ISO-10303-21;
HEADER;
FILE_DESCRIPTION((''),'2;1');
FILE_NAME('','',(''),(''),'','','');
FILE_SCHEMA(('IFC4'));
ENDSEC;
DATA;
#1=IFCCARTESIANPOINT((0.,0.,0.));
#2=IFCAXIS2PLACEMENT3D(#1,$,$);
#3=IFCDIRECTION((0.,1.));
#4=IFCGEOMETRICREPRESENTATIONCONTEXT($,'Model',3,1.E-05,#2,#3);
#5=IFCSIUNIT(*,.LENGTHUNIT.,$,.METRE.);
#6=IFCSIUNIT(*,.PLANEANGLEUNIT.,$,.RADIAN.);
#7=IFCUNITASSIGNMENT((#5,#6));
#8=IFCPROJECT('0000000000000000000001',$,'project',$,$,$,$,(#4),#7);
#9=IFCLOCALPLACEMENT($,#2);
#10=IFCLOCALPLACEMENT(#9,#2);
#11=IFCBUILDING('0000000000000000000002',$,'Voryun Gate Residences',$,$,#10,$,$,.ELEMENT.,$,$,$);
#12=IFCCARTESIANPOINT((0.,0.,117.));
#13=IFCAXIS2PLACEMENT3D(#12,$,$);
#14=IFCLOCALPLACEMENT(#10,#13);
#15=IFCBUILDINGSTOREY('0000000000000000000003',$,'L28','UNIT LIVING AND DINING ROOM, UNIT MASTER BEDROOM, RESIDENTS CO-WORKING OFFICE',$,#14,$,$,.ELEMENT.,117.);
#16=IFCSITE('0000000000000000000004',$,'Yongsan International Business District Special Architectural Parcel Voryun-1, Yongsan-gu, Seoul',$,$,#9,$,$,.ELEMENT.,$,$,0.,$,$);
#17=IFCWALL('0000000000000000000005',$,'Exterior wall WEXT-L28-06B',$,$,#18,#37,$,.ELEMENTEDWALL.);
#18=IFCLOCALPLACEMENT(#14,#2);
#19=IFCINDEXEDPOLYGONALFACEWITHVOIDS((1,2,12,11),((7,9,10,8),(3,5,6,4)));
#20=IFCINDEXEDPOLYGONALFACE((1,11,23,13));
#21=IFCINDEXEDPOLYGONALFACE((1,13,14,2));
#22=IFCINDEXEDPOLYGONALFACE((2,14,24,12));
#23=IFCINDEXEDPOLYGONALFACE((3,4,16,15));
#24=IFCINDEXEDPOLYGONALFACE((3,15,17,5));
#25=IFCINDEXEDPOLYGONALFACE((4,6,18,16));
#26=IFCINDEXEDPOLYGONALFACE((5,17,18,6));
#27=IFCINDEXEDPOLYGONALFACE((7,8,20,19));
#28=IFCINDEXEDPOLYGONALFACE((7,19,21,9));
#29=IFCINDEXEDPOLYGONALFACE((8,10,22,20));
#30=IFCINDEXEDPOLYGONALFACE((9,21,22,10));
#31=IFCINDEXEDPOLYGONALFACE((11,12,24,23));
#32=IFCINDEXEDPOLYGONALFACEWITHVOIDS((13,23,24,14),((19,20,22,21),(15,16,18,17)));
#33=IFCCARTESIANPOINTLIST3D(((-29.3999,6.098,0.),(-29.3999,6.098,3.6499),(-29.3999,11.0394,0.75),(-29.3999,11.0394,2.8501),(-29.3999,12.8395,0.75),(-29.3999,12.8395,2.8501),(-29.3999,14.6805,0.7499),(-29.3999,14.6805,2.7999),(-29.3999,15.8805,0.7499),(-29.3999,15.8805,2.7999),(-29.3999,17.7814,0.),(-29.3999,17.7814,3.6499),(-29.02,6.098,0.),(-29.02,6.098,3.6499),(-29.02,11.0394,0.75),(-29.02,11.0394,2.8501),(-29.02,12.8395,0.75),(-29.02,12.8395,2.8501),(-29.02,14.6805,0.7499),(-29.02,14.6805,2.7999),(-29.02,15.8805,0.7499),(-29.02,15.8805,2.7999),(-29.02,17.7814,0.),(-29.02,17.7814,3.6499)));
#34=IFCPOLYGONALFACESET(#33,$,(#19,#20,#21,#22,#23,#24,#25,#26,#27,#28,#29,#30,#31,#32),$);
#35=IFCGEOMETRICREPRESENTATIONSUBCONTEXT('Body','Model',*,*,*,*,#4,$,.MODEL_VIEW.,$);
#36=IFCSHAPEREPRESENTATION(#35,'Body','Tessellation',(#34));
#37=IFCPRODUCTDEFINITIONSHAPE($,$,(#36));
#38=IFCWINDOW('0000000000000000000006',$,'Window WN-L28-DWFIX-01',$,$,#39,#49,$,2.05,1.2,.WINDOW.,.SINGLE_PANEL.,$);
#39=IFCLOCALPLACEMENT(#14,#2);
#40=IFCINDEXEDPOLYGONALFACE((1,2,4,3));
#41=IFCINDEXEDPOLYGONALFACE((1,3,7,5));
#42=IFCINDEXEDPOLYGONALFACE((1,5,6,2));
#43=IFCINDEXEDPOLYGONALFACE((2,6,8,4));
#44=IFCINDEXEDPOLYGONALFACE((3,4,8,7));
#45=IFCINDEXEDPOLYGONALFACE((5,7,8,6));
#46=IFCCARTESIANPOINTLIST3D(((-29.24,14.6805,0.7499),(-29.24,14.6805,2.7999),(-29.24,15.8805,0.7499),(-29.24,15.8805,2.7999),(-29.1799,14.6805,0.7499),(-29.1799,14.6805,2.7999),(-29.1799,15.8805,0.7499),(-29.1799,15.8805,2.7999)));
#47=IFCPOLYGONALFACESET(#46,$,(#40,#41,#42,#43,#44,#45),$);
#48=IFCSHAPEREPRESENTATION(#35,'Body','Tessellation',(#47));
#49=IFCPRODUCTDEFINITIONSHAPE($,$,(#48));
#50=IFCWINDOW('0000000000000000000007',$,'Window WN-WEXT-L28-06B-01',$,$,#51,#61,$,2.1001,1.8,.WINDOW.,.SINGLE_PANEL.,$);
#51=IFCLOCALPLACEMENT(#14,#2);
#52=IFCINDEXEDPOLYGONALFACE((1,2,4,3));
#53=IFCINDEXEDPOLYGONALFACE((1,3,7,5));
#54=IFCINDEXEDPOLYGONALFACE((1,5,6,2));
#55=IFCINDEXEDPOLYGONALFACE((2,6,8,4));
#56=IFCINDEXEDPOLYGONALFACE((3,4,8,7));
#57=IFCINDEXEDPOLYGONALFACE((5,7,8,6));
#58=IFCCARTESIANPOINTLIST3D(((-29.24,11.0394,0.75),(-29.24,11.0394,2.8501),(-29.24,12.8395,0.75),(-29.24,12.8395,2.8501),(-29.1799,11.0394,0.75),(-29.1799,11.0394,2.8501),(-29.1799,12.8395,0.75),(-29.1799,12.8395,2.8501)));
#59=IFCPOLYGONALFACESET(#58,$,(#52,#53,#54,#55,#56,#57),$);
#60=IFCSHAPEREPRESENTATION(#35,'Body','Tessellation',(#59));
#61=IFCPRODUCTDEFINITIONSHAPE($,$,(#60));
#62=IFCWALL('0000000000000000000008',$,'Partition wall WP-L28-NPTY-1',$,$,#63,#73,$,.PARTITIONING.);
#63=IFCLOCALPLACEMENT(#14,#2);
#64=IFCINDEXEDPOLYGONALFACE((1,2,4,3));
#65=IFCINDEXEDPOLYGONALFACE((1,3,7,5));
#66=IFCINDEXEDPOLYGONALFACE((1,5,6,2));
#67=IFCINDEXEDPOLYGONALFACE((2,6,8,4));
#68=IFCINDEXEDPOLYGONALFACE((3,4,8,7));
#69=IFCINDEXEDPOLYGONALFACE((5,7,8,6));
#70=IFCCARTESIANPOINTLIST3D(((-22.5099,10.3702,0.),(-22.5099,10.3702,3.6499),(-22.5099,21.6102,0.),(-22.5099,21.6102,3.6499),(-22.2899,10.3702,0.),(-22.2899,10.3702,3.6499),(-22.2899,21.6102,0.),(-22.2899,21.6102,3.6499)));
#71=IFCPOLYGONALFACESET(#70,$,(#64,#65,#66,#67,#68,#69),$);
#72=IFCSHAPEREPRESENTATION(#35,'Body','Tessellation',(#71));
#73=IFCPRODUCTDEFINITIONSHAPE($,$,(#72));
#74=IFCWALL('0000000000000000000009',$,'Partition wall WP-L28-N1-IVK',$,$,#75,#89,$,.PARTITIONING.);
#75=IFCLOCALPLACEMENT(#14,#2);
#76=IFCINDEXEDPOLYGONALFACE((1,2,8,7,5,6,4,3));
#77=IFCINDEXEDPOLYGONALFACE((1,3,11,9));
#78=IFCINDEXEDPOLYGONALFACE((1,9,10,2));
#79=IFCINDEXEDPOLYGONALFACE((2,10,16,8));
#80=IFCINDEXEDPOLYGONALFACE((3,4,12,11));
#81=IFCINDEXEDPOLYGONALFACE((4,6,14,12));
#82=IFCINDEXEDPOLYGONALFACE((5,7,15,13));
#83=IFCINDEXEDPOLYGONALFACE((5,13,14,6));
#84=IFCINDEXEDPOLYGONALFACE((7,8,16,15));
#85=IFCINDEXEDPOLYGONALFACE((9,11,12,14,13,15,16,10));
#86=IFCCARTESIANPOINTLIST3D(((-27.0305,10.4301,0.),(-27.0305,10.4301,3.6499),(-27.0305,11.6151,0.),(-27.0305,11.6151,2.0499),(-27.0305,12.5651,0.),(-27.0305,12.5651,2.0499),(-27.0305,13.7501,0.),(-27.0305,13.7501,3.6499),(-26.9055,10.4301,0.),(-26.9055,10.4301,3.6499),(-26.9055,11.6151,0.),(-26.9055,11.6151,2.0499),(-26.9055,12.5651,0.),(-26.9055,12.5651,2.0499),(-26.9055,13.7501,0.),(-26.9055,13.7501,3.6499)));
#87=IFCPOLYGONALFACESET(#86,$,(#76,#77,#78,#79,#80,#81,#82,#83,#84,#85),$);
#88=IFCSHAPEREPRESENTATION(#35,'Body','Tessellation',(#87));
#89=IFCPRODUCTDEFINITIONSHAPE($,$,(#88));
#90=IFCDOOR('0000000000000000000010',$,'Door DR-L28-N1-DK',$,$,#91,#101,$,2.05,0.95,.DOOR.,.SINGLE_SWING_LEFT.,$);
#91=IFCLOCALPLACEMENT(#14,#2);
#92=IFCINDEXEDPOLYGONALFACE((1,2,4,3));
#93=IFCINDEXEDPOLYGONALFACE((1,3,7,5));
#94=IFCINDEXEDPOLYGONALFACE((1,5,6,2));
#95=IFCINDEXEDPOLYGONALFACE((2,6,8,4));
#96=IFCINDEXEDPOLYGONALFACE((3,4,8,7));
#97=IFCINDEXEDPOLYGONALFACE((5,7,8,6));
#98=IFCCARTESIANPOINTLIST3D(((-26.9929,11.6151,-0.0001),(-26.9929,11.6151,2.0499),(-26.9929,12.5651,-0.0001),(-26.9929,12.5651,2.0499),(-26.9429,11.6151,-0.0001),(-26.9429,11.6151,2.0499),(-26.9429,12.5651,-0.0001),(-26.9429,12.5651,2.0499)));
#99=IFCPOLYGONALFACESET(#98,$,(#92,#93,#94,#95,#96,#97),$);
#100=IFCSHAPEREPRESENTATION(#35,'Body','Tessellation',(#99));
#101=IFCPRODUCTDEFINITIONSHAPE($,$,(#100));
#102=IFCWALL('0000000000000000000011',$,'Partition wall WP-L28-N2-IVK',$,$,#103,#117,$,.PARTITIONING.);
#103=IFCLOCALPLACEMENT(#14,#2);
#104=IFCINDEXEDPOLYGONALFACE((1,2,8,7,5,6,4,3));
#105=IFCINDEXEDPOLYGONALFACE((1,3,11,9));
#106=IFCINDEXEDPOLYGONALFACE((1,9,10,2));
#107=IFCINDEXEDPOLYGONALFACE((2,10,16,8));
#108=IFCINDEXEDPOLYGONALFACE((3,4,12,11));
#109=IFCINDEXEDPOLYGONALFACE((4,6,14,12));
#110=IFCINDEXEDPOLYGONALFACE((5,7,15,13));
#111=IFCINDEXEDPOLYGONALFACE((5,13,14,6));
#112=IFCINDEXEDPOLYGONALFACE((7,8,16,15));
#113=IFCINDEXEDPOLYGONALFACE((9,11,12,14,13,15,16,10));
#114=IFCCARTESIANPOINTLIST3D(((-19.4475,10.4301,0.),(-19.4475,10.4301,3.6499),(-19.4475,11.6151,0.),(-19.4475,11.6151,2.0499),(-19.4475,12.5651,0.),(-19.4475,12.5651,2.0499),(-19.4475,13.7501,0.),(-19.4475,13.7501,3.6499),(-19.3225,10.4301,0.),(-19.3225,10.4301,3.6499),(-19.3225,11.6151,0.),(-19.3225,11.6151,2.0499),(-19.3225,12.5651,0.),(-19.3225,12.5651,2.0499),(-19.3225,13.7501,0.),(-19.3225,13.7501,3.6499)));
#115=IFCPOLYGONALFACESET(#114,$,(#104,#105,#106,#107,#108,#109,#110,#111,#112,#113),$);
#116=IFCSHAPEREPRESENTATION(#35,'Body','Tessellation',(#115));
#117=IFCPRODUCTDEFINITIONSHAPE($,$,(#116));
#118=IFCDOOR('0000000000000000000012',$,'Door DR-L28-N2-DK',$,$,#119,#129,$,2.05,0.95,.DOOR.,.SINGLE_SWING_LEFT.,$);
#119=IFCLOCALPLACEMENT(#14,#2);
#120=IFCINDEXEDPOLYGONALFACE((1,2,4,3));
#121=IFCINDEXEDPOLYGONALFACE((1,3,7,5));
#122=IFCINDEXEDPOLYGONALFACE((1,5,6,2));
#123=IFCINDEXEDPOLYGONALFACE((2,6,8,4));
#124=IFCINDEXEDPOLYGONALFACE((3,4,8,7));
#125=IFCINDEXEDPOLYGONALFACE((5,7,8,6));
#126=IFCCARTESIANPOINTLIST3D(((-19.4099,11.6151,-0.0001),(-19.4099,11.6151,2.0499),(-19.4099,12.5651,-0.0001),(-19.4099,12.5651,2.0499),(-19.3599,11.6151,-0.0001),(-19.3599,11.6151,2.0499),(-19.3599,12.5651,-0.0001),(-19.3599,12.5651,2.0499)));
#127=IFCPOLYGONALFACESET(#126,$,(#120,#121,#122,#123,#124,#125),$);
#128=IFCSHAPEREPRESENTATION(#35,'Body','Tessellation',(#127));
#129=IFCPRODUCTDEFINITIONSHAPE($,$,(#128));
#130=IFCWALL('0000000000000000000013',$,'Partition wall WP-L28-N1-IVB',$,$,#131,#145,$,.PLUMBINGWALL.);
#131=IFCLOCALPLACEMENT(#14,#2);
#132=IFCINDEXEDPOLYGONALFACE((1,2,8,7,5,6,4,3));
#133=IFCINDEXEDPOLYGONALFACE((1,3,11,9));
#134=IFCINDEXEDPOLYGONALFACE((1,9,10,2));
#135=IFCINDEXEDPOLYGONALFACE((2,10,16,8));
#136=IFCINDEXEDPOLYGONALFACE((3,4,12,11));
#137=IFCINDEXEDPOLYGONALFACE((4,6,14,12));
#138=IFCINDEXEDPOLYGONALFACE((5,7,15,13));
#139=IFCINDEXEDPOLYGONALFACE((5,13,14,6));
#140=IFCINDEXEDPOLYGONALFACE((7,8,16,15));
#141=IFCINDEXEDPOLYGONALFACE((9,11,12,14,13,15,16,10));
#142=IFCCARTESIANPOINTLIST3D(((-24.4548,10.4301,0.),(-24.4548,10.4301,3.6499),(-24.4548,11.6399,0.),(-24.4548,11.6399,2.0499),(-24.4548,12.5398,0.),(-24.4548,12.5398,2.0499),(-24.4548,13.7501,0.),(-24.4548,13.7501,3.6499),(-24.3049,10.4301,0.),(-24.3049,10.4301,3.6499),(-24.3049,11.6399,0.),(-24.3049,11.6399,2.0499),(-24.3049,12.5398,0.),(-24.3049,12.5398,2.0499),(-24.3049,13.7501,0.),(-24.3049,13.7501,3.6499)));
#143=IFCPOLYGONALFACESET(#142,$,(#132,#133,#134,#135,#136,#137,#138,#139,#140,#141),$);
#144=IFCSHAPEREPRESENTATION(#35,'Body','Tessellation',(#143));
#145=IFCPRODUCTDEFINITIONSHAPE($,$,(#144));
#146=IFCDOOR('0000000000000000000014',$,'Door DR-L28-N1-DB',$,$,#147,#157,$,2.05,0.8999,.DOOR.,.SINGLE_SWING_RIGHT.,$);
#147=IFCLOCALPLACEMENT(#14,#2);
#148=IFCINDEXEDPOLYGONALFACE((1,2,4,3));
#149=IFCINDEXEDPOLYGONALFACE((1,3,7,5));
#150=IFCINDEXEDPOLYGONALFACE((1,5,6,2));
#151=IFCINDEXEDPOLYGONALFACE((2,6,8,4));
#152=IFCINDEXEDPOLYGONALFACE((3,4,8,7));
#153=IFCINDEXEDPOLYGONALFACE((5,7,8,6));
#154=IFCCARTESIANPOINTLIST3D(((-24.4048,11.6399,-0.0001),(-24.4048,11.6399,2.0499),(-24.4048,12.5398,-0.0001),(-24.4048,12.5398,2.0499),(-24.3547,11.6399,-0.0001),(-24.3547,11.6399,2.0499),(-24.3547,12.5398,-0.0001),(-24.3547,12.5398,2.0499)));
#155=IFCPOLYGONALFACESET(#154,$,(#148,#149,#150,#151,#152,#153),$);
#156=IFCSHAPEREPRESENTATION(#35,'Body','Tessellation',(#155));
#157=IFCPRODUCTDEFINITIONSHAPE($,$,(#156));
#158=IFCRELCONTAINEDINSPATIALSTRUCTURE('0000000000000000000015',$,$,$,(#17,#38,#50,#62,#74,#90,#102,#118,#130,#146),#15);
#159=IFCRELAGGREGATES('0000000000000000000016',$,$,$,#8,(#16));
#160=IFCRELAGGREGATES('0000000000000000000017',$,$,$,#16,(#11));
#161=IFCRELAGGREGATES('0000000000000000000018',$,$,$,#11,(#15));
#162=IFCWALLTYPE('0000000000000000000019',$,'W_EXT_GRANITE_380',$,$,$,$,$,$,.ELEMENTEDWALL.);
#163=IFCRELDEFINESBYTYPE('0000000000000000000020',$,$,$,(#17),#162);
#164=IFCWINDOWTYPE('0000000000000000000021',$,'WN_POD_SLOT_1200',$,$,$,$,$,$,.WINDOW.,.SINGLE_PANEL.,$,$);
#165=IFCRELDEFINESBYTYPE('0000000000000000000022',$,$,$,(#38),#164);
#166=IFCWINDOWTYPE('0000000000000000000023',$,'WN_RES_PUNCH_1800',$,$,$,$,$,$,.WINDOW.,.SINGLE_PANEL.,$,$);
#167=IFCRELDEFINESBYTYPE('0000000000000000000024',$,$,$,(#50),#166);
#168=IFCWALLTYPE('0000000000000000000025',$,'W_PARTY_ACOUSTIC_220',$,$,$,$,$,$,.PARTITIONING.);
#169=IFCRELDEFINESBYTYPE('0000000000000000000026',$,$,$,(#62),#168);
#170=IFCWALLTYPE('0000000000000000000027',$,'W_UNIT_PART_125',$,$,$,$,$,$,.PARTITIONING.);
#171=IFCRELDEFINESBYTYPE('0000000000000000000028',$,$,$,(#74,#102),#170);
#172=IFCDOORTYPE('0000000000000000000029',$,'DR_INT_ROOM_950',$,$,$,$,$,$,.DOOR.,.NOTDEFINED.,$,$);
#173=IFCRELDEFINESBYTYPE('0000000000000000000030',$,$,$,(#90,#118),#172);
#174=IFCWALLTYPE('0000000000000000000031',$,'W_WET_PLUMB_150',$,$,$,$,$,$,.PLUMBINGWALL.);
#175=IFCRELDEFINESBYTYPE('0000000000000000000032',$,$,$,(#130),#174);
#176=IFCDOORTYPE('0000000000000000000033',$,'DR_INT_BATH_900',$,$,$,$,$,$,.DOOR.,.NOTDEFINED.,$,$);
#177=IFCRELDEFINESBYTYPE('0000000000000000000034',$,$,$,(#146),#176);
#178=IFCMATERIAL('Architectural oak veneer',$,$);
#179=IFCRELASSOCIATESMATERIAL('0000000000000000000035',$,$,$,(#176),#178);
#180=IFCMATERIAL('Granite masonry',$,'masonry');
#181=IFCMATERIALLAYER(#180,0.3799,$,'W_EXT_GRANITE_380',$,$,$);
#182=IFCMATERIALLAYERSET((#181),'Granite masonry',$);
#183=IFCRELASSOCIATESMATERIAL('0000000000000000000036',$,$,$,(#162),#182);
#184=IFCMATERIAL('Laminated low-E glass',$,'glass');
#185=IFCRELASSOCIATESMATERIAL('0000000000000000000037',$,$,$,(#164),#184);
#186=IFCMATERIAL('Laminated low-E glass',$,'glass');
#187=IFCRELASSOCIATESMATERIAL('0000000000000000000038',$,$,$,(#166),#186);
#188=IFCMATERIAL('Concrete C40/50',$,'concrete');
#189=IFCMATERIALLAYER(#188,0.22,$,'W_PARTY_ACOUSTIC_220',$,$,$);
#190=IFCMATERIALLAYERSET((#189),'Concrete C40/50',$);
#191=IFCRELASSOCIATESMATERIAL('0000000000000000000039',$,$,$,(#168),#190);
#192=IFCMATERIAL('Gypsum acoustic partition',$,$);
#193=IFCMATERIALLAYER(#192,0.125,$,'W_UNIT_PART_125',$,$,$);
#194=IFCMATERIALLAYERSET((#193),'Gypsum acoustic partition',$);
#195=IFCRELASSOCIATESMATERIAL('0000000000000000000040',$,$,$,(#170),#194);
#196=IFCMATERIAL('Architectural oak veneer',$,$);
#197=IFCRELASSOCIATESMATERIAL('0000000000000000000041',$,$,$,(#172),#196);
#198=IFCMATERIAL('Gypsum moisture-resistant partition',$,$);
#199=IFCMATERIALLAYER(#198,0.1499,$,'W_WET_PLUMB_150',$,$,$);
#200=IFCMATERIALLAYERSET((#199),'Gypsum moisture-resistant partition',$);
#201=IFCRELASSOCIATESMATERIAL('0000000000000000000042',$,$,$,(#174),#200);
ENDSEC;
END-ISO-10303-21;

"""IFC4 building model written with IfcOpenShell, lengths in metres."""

from ifc_helpers import new_model, si_unit, direction, frame, frame_2d, origin, place, context, subcontext, project, spatial, rectangle, extrude, material, layer, layer_set, type_object, element, fill, save


model = new_model("IFC4")

# Units and contexts
model_context = context("Model", 3, precision=1e-05, world=origin(), true_north=direction((0.0, 1.0)))
body_context = subcontext(model_context, "Body", "Model", "MODEL_VIEW")
ifc_project = project(units=[si_unit("LENGTHUNIT", "METRE"), si_unit("PLANEANGLEUNIT", "RADIAN")], contexts=[model_context])

# Site, building, storey
site_placement = place(None, origin())
site = spatial("IfcSite", under=ifc_project, at=site_placement, Name="Yongsan International Business District Special Architectural Parcel Voryun-1, Yongsan-gu, Seoul", CompositionType="ELEMENT", RefElevation=0.0)
building_placement = place(site_placement, origin())
building = spatial("IfcBuilding", under=site, at=building_placement, Name="Voryun Gate Residences", CompositionType="ELEMENT")
storey_placement = place(building_placement, frame((0.0, 0.0, 117.0)))
storey = spatial("IfcBuildingStorey", under=building, at=storey_placement, Name="L28", Description="UNIT LIVING AND DINING ROOM, UNIT MASTER BEDROOM, RESIDENTS CO-WORKING OFFICE", CompositionType="ELEMENT", Elevation=117.0)

# Shared definitions
ifc_material_1 = material(Name="Architectural oak veneer")
door_type_1 = type_object("IfcDoorType", Name="DR_INT_BATH_900", OperationType="NOTDEFINED", PredefinedType="DOOR", material=ifc_material_1)

# Wall, openings, windows
ifc_material_2 = material(Name="Granite masonry", Category="masonry")
ifc_layer_1 = layer(ifc_material_2, 0.3799, Name="W_EXT_GRANITE_380")
ifc_layer_set_1 = layer_set([ifc_layer_1], Name="Granite masonry")
wall_type_1 = type_object("IfcWallType", Name="W_EXT_GRANITE_380", PredefinedType="ELEMENTEDWALL", material=ifc_layer_set_1)
wall_1_placement = place(storey_placement, frame((-29.21, 6.0979, 0.0), z_axis=(0.0, 0.0, 1.0), x_axis=(0.0, 1.0, 0.0)))
wall_1 = element("IfcWall", 1, at=wall_1_placement, inside=storey, type_object=wall_type_1, Name="Exterior wall WEXT-L28-06B", PredefinedType="ELEMENTEDWALL", context=body_context, shape_type="SweptSolid", body=[
    extrude(rectangle(XDim=11.6833, YDim=0.3799, at=frame_2d((5.8418, 0.0))), origin(), (0.0, 0.0, 1.0), 3.6499),
])
opening_1_placement = place(wall_1_placement, frame((4.9417, 0.0, 0.75)))
opening_1 = element("IfcOpeningElement", 2, at=opening_1_placement, cuts=wall_1, PredefinedType="OPENING", context=body_context, shape_type="SweptSolid", body=[
    extrude(rectangle(XDim=1.8, YDim=2.1001, at=frame_2d((0.8999, 1.05))), frame((0.0, 0.2, 0.0), z_axis=(0.0, -1.0, 0.0), x_axis=(1.0, 0.0, 0.0)), (0.0, 0.0, 1.0), 0.3999),
])
opening_2_placement = place(wall_1_placement, frame((8.5825, 0.0, 0.75)))
opening_2 = element("IfcOpeningElement", 3, at=opening_2_placement, cuts=wall_1, PredefinedType="OPENING", context=body_context, shape_type="SweptSolid", body=[
    extrude(rectangle(XDim=1.2, YDim=2.05, at=frame_2d((0.6001, 1.0249))), frame((0.0, 0.2, 0.0), z_axis=(0.0, -1.0, 0.0), x_axis=(1.0, 0.0, 0.0)), (0.0, 0.0, 1.0), 0.3999),
])
ifc_material_3 = material(Name="Laminated low-E glass", Category="glass")
window_type_1 = type_object("IfcWindowType", Name="WN_POD_SLOT_1200", PartitioningType="SINGLE_PANEL", PredefinedType="WINDOW", material=ifc_material_3)
window_1_placement = place(opening_2_placement, origin())
window_1 = element("IfcWindow", 4, at=window_1_placement, inside=storey, type_object=window_type_1, Name="Window WN-L28-DWFIX-01", OverallHeight=2.05, OverallWidth=1.2, PartitioningType="SINGLE_PANEL", PredefinedType="WINDOW", context=body_context, shape_type="SweptSolid", body=[
    extrude(rectangle(XDim=1.2, YDim=2.05, at=frame_2d((0.6001, 1.0249))), frame((0.0, 0.03, 0.0), z_axis=(0.0, -1.0, 0.0), x_axis=(1.0, 0.0, 0.0)), (0.0, 0.0, 1.0), 0.0601),
])
fill(opening_2, window_1)
ifc_material_4 = material(Name="Laminated low-E glass", Category="glass")
window_type_2 = type_object("IfcWindowType", Name="WN_RES_PUNCH_1800", PartitioningType="SINGLE_PANEL", PredefinedType="WINDOW", material=ifc_material_4)
window_2_placement = place(opening_1_placement, origin())
window_2 = element("IfcWindow", 5, at=window_2_placement, inside=storey, type_object=window_type_2, Name="Window WN-WEXT-L28-06B-01", OverallHeight=2.1001, OverallWidth=1.8, PartitioningType="SINGLE_PANEL", PredefinedType="WINDOW", context=body_context, shape_type="SweptSolid", body=[
    extrude(rectangle(XDim=1.8, YDim=2.1001, at=frame_2d((0.8999, 1.05))), frame((0.0, 0.03, 0.0), z_axis=(0.0, -1.0, 0.0), x_axis=(1.0, 0.0, 0.0)), (0.0, 0.0, 1.0), 0.0601),
])
fill(opening_1, window_2)

# Wall
ifc_material_5 = material(Name="Concrete C40/50", Category="concrete")
ifc_layer_2 = layer(ifc_material_5, 0.22, Name="W_PARTY_ACOUSTIC_220")
ifc_layer_set_2 = layer_set([ifc_layer_2], Name="Concrete C40/50")
wall_type_2 = type_object("IfcWallType", Name="W_PARTY_ACOUSTIC_220", PredefinedType="PARTITIONING", material=ifc_layer_set_2)
wall_2_placement = place(storey_placement, frame((-22.3999, 10.3701, 0.0), z_axis=(0.0, 0.0, 1.0), x_axis=(0.0, 1.0, 0.0)))
element("IfcWall", 6, at=wall_2_placement, inside=storey, type_object=wall_type_2, Name="Partition wall WP-L28-NPTY-1", PredefinedType="PARTITIONING", context=body_context, shape_type="SweptSolid", body=[
    extrude(rectangle(XDim=11.24, YDim=0.22, at=frame_2d((5.6201, 0.0))), origin(), (0.0, 0.0, 1.0), 3.6499),
])

# Walls, openings, doors
ifc_material_6 = material(Name="Gypsum acoustic partition")
ifc_layer_3 = layer(ifc_material_6, 0.125, Name="W_UNIT_PART_125")
ifc_layer_set_3 = layer_set([ifc_layer_3], Name="Gypsum acoustic partition")
wall_type_3 = type_object("IfcWallType", Name="W_UNIT_PART_125", PredefinedType="PARTITIONING", material=ifc_layer_set_3)
wall_3_placement = place(storey_placement, frame((-26.968, 10.4299, 0.0), z_axis=(0.0, 0.0, 1.0), x_axis=(0.0, 1.0, 0.0)))
wall_3 = element("IfcWall", 7, at=wall_3_placement, inside=storey, type_object=wall_type_3, Name="Partition wall WP-L28-N1-IVK", PredefinedType="PARTITIONING", context=body_context, shape_type="SweptSolid", body=[
    extrude(rectangle(XDim=3.3201, YDim=0.125, at=frame_2d((1.6602, 0.0))), origin(), (0.0, 0.0, 1.0), 3.6499),
])
opening_3_placement = place(wall_3_placement, frame((1.1851, 0.0, 0.0)))
opening_3 = element("IfcOpeningElement", 8, at=opening_3_placement, cuts=wall_3, PredefinedType="OPENING", context=body_context, shape_type="SweptSolid", body=[
    extrude(rectangle(XDim=0.95, YDim=2.05, at=frame_2d((0.4751, 1.0249))), frame((0.0, 0.0725, 0.0), z_axis=(0.0, -1.0, 0.0), x_axis=(1.0, 0.0, 0.0)), (0.0, 0.0, 1.0), 0.145),
])
ifc_material_7 = material(Name="Architectural oak veneer")
door_type_2 = type_object("IfcDoorType", Name="DR_INT_ROOM_950", OperationType="NOTDEFINED", PredefinedType="DOOR", material=ifc_material_7)
door_1_placement = place(opening_3_placement, origin())
door_1 = element("IfcDoor", 9, at=door_1_placement, inside=storey, type_object=door_type_2, Name="Door DR-L28-N1-DK", OperationType="SINGLE_SWING_LEFT", OverallHeight=2.05, OverallWidth=0.95, PredefinedType="DOOR", context=body_context, shape_type="SweptSolid", body=[
    extrude(rectangle(XDim=0.95, YDim=2.05, at=frame_2d((0.4751, 1.0249))), frame((0.0, 0.0249, 0.0), z_axis=(0.0, -1.0, 0.0), x_axis=(1.0, 0.0, 0.0)), (0.0, 0.0, 1.0), 0.05),
])
fill(opening_3, door_1)
wall_4_placement = place(storey_placement, frame((-19.385, 10.4299, 0.0), z_axis=(0.0, 0.0, 1.0), x_axis=(0.0, 1.0, 0.0)))
wall_4 = element("IfcWall", 10, at=wall_4_placement, inside=storey, type_object=wall_type_3, Name="Partition wall WP-L28-N2-IVK", PredefinedType="PARTITIONING", context=body_context, shape_type="SweptSolid", body=[
    extrude(rectangle(XDim=3.3201, YDim=0.125, at=frame_2d((1.6602, 0.0))), origin(), (0.0, 0.0, 1.0), 3.6499),
])
opening_4_placement = place(wall_4_placement, frame((1.1851, 0.0, 0.0)))
opening_4 = element("IfcOpeningElement", 11, at=opening_4_placement, cuts=wall_4, PredefinedType="OPENING", context=body_context, shape_type="SweptSolid", body=[
    extrude(rectangle(XDim=0.95, YDim=2.05, at=frame_2d((0.4751, 1.0249))), frame((0.0, 0.0725, 0.0), z_axis=(0.0, -1.0, 0.0), x_axis=(1.0, 0.0, 0.0)), (0.0, 0.0, 1.0), 0.145),
])
door_2_placement = place(opening_4_placement, origin())
door_2 = element("IfcDoor", 12, at=door_2_placement, inside=storey, type_object=door_type_2, Name="Door DR-L28-N2-DK", OperationType="SINGLE_SWING_LEFT", OverallHeight=2.05, OverallWidth=0.95, PredefinedType="DOOR", context=body_context, shape_type="SweptSolid", body=[
    extrude(rectangle(XDim=0.95, YDim=2.05, at=frame_2d((0.4751, 1.0249))), frame((0.0, 0.0249, 0.0), z_axis=(0.0, -1.0, 0.0), x_axis=(1.0, 0.0, 0.0)), (0.0, 0.0, 1.0), 0.05),
])
fill(opening_4, door_2)
ifc_material_8 = material(Name="Gypsum moisture-resistant partition")
ifc_layer_4 = layer(ifc_material_8, 0.1499, Name="W_WET_PLUMB_150")
ifc_layer_set_4 = layer_set([ifc_layer_4], Name="Gypsum moisture-resistant partition")
wall_type_4 = type_object("IfcWallType", Name="W_WET_PLUMB_150", PredefinedType="PLUMBINGWALL", material=ifc_layer_set_4)
wall_5_placement = place(storey_placement, frame((-24.3799, 10.4299, 0.0), z_axis=(0.0, 0.0, 1.0), x_axis=(0.0, 1.0, 0.0)))
wall_5 = element("IfcWall", 13, at=wall_5_placement, inside=storey, type_object=wall_type_4, Name="Partition wall WP-L28-N1-IVB", PredefinedType="PLUMBINGWALL", context=body_context, shape_type="SweptSolid", body=[
    extrude(rectangle(XDim=3.3201, YDim=0.1499, at=frame_2d((1.6602, 0.0))), origin(), (0.0, 0.0, 1.0), 3.6499),
])
opening_5_placement = place(wall_5_placement, frame((1.21, 0.0, 0.0)))
opening_5 = element("IfcOpeningElement", 14, at=opening_5_placement, cuts=wall_5, PredefinedType="OPENING", context=body_context, shape_type="SweptSolid", body=[
    extrude(rectangle(XDim=0.8999, YDim=2.05, at=frame_2d((0.45, 1.0249))), frame((0.0, 0.085, 0.0), z_axis=(0.0, -1.0, 0.0), x_axis=(1.0, 0.0, 0.0)), (0.0, 0.0, 1.0), 0.1699),
])
door_3_placement = place(opening_5_placement, origin())
door_3 = element("IfcDoor", 15, at=door_3_placement, inside=storey, type_object=door_type_1, Name="Door DR-L28-N1-DB", OperationType="SINGLE_SWING_RIGHT", OverallHeight=2.05, OverallWidth=0.8999, PredefinedType="DOOR", context=body_context, shape_type="SweptSolid", body=[
    extrude(rectangle(XDim=0.8999, YDim=2.05, at=frame_2d((0.45, 1.0249))), frame((0.0, 0.0249, 0.0), z_axis=(0.0, -1.0, 0.0), x_axis=(1.0, 0.0, 0.0)), (0.0, 0.0, 1.0), 0.05),
])
fill(opening_5, door_3)

save(model, "model.ifc")
